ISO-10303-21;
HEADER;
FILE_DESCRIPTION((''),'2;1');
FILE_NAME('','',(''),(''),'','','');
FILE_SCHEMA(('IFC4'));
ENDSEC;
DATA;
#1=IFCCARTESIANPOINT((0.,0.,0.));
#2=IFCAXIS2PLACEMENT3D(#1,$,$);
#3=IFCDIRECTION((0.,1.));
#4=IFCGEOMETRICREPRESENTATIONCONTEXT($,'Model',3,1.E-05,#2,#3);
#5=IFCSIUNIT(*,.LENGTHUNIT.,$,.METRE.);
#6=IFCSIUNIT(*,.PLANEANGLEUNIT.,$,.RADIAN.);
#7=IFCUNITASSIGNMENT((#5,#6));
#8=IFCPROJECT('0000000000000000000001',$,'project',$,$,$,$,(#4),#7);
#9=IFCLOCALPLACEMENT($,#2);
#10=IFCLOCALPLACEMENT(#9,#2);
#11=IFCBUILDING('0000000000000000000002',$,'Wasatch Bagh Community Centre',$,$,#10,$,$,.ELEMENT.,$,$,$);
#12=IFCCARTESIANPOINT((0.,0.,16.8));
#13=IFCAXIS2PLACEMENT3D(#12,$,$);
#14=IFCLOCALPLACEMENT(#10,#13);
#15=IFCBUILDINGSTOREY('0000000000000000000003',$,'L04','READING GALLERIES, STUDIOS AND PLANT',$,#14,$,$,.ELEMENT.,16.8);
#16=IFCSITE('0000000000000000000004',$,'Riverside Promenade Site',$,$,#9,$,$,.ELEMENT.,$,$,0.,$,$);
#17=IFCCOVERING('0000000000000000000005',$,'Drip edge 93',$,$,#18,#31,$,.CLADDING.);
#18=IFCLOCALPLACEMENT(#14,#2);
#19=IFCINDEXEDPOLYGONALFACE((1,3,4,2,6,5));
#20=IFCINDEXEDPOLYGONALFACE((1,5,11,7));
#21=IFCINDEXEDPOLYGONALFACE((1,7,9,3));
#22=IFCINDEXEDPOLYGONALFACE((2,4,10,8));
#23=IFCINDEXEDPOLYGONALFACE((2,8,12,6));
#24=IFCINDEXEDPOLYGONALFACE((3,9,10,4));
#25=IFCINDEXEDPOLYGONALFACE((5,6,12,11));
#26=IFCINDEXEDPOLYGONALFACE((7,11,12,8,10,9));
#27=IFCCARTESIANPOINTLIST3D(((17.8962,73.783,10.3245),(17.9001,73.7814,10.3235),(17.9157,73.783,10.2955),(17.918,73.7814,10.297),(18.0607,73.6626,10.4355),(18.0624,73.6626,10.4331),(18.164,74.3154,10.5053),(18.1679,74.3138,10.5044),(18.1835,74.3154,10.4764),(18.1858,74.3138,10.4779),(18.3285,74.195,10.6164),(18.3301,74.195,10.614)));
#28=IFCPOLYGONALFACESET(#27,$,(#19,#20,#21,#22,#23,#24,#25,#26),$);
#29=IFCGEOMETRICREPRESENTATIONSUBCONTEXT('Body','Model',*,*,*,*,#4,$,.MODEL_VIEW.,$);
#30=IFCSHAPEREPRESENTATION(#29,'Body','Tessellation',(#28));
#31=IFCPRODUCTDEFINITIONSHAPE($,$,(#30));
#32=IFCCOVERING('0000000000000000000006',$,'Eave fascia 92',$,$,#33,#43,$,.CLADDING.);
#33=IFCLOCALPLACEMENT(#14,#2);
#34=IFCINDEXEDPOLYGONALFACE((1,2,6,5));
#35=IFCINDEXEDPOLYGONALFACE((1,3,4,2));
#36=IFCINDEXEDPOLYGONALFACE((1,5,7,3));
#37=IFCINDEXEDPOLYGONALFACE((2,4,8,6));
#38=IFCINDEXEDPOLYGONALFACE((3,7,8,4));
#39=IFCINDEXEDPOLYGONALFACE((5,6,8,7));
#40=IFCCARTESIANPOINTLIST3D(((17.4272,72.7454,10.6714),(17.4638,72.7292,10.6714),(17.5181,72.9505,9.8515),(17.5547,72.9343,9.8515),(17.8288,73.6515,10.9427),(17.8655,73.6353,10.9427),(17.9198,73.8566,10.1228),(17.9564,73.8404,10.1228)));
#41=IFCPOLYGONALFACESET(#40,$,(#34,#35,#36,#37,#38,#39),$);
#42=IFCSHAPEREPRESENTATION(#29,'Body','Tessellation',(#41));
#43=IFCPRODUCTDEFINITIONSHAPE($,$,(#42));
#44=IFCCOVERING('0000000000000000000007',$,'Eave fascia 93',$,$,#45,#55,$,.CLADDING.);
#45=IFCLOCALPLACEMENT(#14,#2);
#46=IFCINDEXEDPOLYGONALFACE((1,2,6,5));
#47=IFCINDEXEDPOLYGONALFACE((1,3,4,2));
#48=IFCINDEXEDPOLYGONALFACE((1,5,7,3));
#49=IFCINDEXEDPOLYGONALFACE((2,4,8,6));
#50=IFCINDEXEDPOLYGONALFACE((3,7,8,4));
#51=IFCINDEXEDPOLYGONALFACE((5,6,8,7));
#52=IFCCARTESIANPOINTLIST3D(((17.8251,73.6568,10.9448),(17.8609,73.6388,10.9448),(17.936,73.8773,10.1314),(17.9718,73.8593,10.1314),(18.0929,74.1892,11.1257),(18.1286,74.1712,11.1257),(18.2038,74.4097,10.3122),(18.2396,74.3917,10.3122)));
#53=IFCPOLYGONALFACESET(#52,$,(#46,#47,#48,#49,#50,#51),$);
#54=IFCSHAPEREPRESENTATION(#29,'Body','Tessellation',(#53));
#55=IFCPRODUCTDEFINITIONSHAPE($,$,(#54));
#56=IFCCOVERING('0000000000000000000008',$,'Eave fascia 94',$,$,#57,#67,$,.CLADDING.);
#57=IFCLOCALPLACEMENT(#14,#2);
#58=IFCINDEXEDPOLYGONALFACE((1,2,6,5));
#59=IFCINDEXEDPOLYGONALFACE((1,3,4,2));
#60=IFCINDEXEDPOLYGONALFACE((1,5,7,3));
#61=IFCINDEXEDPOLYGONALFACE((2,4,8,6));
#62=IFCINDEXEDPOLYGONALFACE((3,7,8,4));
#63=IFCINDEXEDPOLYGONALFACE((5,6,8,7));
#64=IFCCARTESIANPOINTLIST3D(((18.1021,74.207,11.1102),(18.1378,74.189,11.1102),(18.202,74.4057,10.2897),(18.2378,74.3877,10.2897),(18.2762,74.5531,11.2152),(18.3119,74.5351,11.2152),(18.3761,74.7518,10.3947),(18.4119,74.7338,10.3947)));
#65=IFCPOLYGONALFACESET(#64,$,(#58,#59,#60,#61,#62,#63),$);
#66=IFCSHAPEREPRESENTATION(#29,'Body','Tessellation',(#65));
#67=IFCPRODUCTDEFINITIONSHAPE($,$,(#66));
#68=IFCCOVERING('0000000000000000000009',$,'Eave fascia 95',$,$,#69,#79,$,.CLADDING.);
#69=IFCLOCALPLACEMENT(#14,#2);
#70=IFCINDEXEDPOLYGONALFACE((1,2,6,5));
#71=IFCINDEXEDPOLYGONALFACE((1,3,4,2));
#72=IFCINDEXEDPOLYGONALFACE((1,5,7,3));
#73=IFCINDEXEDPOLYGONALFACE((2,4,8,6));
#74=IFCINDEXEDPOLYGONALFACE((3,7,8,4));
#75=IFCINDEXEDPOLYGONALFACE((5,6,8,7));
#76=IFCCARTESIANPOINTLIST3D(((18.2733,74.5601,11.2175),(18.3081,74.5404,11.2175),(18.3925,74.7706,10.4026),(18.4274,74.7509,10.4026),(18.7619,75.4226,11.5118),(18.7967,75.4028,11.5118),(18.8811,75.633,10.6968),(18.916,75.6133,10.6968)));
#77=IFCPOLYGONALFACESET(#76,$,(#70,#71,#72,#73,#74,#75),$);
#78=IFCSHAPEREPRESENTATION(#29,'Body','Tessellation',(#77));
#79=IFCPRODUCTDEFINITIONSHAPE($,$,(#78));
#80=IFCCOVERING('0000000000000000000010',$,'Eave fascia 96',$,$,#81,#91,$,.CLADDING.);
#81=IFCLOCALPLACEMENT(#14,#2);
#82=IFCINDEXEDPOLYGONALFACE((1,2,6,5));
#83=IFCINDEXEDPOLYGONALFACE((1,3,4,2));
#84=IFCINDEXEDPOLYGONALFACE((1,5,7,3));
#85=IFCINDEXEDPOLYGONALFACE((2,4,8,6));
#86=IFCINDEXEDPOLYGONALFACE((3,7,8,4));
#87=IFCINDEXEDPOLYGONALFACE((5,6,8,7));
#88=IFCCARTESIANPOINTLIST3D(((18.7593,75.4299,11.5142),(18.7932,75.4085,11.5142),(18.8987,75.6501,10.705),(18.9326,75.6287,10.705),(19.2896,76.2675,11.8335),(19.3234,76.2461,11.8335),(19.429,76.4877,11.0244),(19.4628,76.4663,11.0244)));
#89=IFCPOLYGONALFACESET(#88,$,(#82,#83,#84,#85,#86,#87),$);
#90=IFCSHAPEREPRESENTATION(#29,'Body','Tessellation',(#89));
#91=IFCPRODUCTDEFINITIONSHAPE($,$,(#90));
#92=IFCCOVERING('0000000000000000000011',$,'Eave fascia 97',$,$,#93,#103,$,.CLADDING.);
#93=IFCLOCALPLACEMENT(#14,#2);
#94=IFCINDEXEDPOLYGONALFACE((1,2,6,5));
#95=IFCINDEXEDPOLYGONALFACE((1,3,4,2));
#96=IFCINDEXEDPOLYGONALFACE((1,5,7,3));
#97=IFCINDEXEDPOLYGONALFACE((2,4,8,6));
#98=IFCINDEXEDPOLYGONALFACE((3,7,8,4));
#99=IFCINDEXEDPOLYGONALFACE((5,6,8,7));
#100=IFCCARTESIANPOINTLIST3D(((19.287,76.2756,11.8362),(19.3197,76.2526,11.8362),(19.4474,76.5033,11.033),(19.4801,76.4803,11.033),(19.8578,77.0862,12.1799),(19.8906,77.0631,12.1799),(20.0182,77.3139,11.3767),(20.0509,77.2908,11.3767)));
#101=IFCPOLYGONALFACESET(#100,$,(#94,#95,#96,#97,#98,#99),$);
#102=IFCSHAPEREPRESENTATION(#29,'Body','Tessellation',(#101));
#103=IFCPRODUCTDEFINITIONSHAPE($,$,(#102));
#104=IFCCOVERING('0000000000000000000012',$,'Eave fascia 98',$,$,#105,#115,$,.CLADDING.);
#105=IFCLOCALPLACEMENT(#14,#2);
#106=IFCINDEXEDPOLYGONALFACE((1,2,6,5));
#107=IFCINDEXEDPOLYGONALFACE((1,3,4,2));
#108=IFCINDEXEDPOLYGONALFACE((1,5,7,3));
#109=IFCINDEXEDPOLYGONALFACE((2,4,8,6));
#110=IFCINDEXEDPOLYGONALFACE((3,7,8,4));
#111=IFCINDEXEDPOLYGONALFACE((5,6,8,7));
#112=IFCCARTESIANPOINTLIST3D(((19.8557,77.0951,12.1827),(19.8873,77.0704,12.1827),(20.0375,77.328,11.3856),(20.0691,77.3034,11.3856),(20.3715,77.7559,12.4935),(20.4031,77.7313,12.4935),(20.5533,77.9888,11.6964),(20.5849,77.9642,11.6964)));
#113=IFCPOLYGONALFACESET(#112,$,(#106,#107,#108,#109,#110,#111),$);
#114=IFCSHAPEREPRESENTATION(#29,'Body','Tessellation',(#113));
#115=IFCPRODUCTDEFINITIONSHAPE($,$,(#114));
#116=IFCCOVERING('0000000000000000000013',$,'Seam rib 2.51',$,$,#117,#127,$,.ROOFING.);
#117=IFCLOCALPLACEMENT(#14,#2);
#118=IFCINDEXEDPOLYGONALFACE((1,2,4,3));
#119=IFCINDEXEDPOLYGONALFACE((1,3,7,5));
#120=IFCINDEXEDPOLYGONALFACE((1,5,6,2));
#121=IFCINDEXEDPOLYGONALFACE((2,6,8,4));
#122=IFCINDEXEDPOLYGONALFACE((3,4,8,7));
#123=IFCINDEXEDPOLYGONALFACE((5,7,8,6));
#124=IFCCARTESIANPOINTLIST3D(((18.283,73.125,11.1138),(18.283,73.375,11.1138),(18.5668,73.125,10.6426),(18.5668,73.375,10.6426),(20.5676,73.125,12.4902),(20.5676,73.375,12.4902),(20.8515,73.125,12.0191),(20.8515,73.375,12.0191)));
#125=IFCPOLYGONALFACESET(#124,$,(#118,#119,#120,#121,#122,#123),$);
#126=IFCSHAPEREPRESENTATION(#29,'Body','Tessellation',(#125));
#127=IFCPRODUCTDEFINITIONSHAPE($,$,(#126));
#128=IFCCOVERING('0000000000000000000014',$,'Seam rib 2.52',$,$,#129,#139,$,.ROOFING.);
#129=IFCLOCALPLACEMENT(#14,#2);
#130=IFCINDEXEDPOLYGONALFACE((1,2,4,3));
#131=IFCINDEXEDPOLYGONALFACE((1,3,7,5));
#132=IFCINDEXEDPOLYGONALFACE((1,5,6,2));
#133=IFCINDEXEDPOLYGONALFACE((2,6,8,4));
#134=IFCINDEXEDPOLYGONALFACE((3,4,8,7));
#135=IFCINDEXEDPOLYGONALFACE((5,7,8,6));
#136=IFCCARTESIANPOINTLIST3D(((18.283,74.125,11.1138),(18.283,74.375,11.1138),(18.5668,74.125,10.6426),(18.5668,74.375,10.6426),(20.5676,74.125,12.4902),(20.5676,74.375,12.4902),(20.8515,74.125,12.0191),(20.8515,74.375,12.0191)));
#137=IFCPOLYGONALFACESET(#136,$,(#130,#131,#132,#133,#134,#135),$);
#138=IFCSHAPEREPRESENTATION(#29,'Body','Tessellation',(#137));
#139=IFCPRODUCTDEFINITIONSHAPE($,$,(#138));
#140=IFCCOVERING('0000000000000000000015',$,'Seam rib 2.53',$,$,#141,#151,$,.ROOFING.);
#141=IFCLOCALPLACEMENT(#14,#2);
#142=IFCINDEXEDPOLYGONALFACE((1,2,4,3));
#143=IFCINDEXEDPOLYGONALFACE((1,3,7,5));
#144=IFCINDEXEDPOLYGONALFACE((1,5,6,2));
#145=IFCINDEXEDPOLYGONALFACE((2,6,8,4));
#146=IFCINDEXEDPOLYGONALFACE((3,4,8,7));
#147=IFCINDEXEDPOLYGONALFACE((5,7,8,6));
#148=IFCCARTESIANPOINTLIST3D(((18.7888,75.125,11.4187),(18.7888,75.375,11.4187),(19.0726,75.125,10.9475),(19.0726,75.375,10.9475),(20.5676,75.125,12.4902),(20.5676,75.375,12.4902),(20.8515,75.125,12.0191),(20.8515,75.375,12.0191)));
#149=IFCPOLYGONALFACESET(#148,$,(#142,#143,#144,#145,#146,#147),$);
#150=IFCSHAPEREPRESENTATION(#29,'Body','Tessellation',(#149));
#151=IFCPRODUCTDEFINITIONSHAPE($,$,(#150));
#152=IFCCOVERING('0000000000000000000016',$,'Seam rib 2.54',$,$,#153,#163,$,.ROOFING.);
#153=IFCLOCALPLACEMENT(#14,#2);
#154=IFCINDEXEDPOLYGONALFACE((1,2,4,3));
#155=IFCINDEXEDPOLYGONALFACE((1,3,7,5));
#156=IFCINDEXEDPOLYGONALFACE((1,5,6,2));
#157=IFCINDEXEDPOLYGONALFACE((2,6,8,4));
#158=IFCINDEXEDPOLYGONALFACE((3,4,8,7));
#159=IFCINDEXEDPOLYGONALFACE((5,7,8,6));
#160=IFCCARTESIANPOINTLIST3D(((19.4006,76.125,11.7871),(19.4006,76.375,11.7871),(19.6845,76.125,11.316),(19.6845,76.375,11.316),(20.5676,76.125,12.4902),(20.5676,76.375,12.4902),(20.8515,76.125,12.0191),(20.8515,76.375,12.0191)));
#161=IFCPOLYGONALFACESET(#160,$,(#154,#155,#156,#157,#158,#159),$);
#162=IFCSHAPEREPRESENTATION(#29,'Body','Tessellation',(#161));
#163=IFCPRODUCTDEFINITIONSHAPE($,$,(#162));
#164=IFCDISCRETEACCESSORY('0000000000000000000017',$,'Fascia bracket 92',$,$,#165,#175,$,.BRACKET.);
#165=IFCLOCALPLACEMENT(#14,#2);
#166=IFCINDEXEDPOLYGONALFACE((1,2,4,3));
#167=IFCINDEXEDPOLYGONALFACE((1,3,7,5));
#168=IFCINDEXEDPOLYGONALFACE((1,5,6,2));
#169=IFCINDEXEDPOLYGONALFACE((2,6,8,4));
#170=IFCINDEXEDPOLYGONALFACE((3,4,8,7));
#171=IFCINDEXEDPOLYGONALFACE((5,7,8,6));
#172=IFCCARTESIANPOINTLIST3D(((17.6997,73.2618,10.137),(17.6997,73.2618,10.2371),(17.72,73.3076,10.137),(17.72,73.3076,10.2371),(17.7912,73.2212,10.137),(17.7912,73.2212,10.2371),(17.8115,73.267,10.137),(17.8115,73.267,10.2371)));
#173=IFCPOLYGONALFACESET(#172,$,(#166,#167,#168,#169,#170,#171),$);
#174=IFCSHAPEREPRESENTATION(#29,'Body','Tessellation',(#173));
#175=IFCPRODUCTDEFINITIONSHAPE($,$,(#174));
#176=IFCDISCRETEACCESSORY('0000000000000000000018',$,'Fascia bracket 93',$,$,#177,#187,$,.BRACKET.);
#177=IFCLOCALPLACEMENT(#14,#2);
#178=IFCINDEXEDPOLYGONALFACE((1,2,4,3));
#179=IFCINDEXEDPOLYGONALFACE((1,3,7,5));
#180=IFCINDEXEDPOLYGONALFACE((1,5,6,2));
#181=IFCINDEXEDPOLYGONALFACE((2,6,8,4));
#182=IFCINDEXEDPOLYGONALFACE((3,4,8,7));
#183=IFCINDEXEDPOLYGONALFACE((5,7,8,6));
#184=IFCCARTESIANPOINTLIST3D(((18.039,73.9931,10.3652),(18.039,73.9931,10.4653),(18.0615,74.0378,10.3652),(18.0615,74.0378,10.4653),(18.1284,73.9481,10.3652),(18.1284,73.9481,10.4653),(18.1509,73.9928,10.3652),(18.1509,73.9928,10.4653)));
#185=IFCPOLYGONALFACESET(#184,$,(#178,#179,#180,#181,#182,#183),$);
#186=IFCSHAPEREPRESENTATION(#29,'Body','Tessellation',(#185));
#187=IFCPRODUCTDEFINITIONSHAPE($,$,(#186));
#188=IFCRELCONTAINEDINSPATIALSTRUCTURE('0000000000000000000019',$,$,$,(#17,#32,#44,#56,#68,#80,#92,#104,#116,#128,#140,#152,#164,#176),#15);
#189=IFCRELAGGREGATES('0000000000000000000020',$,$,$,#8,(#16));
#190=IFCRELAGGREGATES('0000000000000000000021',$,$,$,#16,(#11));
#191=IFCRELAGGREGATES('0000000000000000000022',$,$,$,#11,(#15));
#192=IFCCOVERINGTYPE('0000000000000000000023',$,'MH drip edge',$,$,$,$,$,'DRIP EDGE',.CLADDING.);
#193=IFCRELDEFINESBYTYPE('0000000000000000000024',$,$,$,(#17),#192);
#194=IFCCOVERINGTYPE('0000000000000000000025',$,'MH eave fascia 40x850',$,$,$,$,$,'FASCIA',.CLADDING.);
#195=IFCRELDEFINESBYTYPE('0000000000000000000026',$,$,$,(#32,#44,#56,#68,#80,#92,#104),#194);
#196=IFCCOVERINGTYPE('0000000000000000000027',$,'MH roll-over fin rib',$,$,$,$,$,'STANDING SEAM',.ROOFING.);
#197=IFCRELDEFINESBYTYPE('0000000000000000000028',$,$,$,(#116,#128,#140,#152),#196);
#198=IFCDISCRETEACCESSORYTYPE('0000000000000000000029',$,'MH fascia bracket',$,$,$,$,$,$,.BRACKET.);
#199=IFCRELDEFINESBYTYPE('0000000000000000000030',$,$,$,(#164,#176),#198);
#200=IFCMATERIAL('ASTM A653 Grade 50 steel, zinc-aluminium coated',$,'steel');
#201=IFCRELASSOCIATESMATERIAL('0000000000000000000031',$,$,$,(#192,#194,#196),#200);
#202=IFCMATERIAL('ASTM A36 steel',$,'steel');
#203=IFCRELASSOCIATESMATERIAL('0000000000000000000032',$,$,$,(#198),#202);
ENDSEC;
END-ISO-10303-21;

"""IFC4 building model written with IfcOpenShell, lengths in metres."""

from ifc_helpers import new_model, si_unit, direction, frame, origin, origin_2d, place, context, subcontext, project, spatial, polyline, rectangle, outline, extrude, material, material_profile, profile_set, type_object, element, save


model = new_model("IFC4")

# Units and contexts
model_context = context("Model", 3, precision=1e-05, world=origin(), true_north=direction((0.0, 1.0)))
body_context = subcontext(model_context, "Body", "Model", "MODEL_VIEW")
ifc_project = project(units=[si_unit("LENGTHUNIT", "METRE"), si_unit("PLANEANGLEUNIT", "RADIAN")], contexts=[model_context])

# Site, building, storey
site_placement = place(None, origin())
site = spatial("IfcSite", under=ifc_project, at=site_placement, Name="Riverside Promenade Site", CompositionType="ELEMENT", RefElevation=0.0)
building_placement = place(site_placement, origin())
building = spatial("IfcBuilding", under=site, at=building_placement, Name="Wasatch Bagh Community Centre", CompositionType="ELEMENT")
storey_placement = place(building_placement, frame((0.0, 0.0, 16.8)))
storey = spatial("IfcBuildingStorey", under=building, at=storey_placement, Name="L04", Description="READING GALLERIES, STUDIOS AND PLANT", CompositionType="ELEMENT", Elevation=16.8)

# Coverings
ifc_material_1 = material(Name="ASTM A653 Grade 50 steel, zinc-aluminium coated", Category="steel")
ifc_material_profile_1 = material_profile(ifc_material_1, outline(polyline([(-0.0801, 0.0029), (0.1521, 0.0029), (0.1521, -0.032), (0.1489, -0.032), (0.1489, 0.0), (-0.0801, 0.0), (-0.0801, 0.0029)])), Name="DRIP EDGE")
ifc_profile_set_1 = profile_set([ifc_material_profile_1], Name="ASTM A653 Grade 50 steel, zinc-aluminium coated")
covering_type_1 = type_object("IfcCoveringType", Name="MH drip edge", ElementType="DRIP EDGE", PredefinedType="CLADDING", material=ifc_profile_set_1)
covering_1_placement = place(storey_placement, frame((18.0056, 73.7041, 10.3948), z_axis=(0.429973, 0.85485, 0.290438), x_axis=(-0.708541, 0.518874, -0.478267)))
element("IfcCovering", 1, at=covering_1_placement, inside=storey, type_object=covering_type_1, Name="Drip edge 93", PredefinedType="CLADDING", context=body_context, shape_type="SweptSolid", body=[
    extrude(outline(polyline([(-0.0801, 0.0029), (0.1521, 0.0029), (0.1521, -0.032), (0.1489, -0.032), (0.1489, 0.0), (-0.0801, 0.0), (-0.0801, 0.0029)])), origin(), (0.0, 0.0, 1.0), 0.6228),
])
ifc_material_profile_2 = material_profile(ifc_material_1, rectangle(XDim=0.04, YDim=0.8501, at=origin_2d()), Name="FASCIA 40x850")
ifc_profile_set_2 = profile_set([ifc_material_profile_2], Name="ASTM A653 Grade 50 steel, zinc-aluminium coated")
covering_type_2 = type_object("IfcCoveringType", Name="MH eave fascia 40x850", ElementType="FASCIA", PredefinedType="CLADDING", material=ifc_profile_set_2)
covering_2_placement = place(storey_placement, frame((17.491, 72.8398, 10.2615), z_axis=(0.390871, 0.881777, 0.263987), x_axis=(-0.914207, 0.405247, 0.0)))
element("IfcCovering", 2, at=covering_2_placement, inside=storey, type_object=covering_type_2, Name="Eave fascia 92", PredefinedType="CLADDING", context=body_context, shape_type="SweptSolid", body=[
    extrude(rectangle(XDim=0.04, YDim=0.8501, at=origin_2d()), origin(), (0.0, 0.0, 1.0), 1.0276),
])
covering_3_placement = place(storey_placement, frame((17.8984, 73.7581, 10.5381), z_axis=(0.429973, 0.85485, 0.290438), x_axis=(-0.89336, 0.449342, 0.0)))
element("IfcCovering", 3, at=covering_3_placement, inside=storey, type_object=covering_type_2, Name="Eave fascia 93", PredefinedType="CLADDING", context=body_context, shape_type="SweptSolid", body=[
    extrude(rectangle(XDim=0.04, YDim=0.8501, at=origin_2d()), origin(), (0.0, 0.0, 1.0), 0.6228),
])
covering_4_placement = place(storey_placement, frame((18.1699, 74.2974, 10.7), z_axis=(0.433825, 0.862174, 0.261634), x_axis=(-0.89329, 0.449482, 0.0)))
element("IfcCovering", 4, at=covering_4_placement, inside=storey, type_object=covering_type_2, Name="Eave fascia 94", PredefinedType="CLADDING", context=body_context, shape_type="SweptSolid", body=[
    extrude(rectangle(XDim=0.04, YDim=0.8501, at=origin_2d()), origin(), (0.0, 0.0, 1.0), 0.4014),
])
covering_5_placement = place(storey_placement, frame((18.3503, 74.6555, 10.8101), z_axis=(0.472546, 0.834099, 0.284567), x_axis=(-0.870071, 0.492926, 0.0)))
element("IfcCovering", 5, at=covering_5_placement, inside=storey, type_object=covering_type_2, Name="Eave fascia 95", PredefinedType="CLADDING", context=body_context, shape_type="SweptSolid", body=[
    extrude(rectangle(XDim=0.04, YDim=0.8501, at=origin_2d()), origin(), (0.0, 0.0, 1.0), 1.0339),
])
covering_6_placement = place(storey_placement, frame((18.8459, 75.5293, 11.1096), z_axis=(0.509122, 0.804234, 0.306598), x_axis=(-0.844927, 0.534882, 0.0)))
element("IfcCovering", 6, at=covering_6_placement, inside=storey, type_object=covering_type_2, Name="Eave fascia 96", PredefinedType="CLADDING", context=body_context, shape_type="SweptSolid", body=[
    extrude(rectangle(XDim=0.04, YDim=0.8501, at=origin_2d()), origin(), (0.0, 0.0, 1.0), 1.0415),
])
covering_7_placement = place(storey_placement, frame((19.3835, 76.3779, 11.4346), z_axis=(0.543999, 0.772488, 0.327609), x_axis=(-0.817609, 0.575774, 0.0)))
element("IfcCovering", 7, at=covering_7_placement, inside=storey, type_object=covering_type_2, Name="Eave fascia 97", PredefinedType="CLADDING", context=body_context, shape_type="SweptSolid", body=[
    extrude(rectangle(XDim=0.04, YDim=0.8501, at=origin_2d()), origin(), (0.0, 0.0, 1.0), 1.0493),
])
covering_8_placement = place(storey_placement, frame((19.9624, 77.1992, 11.7842), z_axis=(0.576945, 0.739134, 0.347587), x_axis=(-0.788285, 0.615311, 0.0)))
element("IfcCovering", 8, at=covering_8_placement, inside=storey, type_object=covering_type_2, Name="Eave fascia 98", PredefinedType="CLADDING", context=body_context, shape_type="SweptSolid", body=[
    extrude(rectangle(XDim=0.04, YDim=0.8501, at=origin_2d()), origin(), (0.0, 0.0, 1.0), 0.894),
])
covering_type_3 = type_object("IfcCoveringType", Name="MH roll-over fin rib", ElementType="STANDING SEAM", PredefinedType="ROOFING", material=ifc_material_1)
for number, where, z_axis, x_axis, name in (
    (9, (18.283, 73.125, 11.1138), (-0.516056, 0.0, 0.856555), (0.856555, 0.0, 0.516056), "Seam rib 2.51"),
    (10, (18.283, 74.125, 11.1138), (-0.516056, 0.0, 0.856555), (0.856555, 0.0, 0.516056), "Seam rib 2.52"),
):
    element("IfcCovering", number, at=place(storey_placement, frame(where, z_axis=z_axis, x_axis=x_axis)), inside=storey, type_object=covering_type_3, Name=name, PredefinedType="ROOFING", context=body_context, shape_type="SweptSolid", body=[
        extrude(outline(polyline([(0.0, 0.0), (2.6673, 0.0), (2.6673, 0.25), (0.0, 0.25), (0.0, 0.0)])), origin(), (0.0, 0.0, -1.0), 0.55),
    ])
covering_9_placement = place(storey_placement, frame((18.7888, 75.125, 11.4187), z_axis=(-0.515999, 0.0, 0.856589), x_axis=(0.856589, 0.0, 0.515999)))
element("IfcCovering", 11, at=covering_9_placement, inside=storey, type_object=covering_type_3, Name="Seam rib 2.53", PredefinedType="ROOFING", context=body_context, shape_type="SweptSolid", body=[
    extrude(outline(polyline([(0.0, 0.0), (2.0766, 0.0), (2.0766, 0.25), (0.0, 0.25), (0.0, 0.0)])), origin(), (0.0, 0.0, -1.0), 0.55),
])
covering_10_placement = place(storey_placement, frame((19.4006, 76.125, 11.7871), z_axis=(-0.516076, 0.0, 0.856543), x_axis=(0.856543, 0.0, 0.516076)))
element("IfcCovering", 12, at=covering_10_placement, inside=storey, type_object=covering_type_3, Name="Seam rib 2.54", PredefinedType="ROOFING", context=body_context, shape_type="SweptSolid", body=[
    extrude(outline(polyline([(0.0, 0.0), (1.3624, 0.0), (1.3624, 0.25), (0.0, 0.25), (0.0, 0.0)])), origin(), (0.0, 0.0, -1.0), 0.55),
])

# Discrete accessories
ifc_material_2 = material(Name="ASTM A36 steel", Category="steel")
discrete_accessory_type_1 = type_object("IfcDiscreteAccessoryType", Name="MH fascia bracket", PredefinedType="BRACKET", material=ifc_material_2)
for number, where, z_axis, x_axis, name in (
    (13, (17.7556, 73.2644, 10.137), (0.0, 0.0, 1.0), (-0.91421, 0.405241, 0.0), "Fascia bracket 92"),
    (14, (18.095, 73.9929, 10.3652), (0.0, 0.0, 1.0), (-0.893224, 0.449611, 0.0), "Fascia bracket 93"),
):
    element("IfcDiscreteAccessory", number, at=place(storey_placement, frame(where, z_axis=z_axis, x_axis=x_axis)), inside=storey, type_object=discrete_accessory_type_1, Name=name, PredefinedType="BRACKET", context=body_context, shape_type="SweptSolid", body=[
        extrude(rectangle(XDim=0.1001, YDim=0.05, at=origin_2d()), origin(), (0.0, 0.0, 1.0), 0.1001),
    ])

save(model, "model.ifc")
